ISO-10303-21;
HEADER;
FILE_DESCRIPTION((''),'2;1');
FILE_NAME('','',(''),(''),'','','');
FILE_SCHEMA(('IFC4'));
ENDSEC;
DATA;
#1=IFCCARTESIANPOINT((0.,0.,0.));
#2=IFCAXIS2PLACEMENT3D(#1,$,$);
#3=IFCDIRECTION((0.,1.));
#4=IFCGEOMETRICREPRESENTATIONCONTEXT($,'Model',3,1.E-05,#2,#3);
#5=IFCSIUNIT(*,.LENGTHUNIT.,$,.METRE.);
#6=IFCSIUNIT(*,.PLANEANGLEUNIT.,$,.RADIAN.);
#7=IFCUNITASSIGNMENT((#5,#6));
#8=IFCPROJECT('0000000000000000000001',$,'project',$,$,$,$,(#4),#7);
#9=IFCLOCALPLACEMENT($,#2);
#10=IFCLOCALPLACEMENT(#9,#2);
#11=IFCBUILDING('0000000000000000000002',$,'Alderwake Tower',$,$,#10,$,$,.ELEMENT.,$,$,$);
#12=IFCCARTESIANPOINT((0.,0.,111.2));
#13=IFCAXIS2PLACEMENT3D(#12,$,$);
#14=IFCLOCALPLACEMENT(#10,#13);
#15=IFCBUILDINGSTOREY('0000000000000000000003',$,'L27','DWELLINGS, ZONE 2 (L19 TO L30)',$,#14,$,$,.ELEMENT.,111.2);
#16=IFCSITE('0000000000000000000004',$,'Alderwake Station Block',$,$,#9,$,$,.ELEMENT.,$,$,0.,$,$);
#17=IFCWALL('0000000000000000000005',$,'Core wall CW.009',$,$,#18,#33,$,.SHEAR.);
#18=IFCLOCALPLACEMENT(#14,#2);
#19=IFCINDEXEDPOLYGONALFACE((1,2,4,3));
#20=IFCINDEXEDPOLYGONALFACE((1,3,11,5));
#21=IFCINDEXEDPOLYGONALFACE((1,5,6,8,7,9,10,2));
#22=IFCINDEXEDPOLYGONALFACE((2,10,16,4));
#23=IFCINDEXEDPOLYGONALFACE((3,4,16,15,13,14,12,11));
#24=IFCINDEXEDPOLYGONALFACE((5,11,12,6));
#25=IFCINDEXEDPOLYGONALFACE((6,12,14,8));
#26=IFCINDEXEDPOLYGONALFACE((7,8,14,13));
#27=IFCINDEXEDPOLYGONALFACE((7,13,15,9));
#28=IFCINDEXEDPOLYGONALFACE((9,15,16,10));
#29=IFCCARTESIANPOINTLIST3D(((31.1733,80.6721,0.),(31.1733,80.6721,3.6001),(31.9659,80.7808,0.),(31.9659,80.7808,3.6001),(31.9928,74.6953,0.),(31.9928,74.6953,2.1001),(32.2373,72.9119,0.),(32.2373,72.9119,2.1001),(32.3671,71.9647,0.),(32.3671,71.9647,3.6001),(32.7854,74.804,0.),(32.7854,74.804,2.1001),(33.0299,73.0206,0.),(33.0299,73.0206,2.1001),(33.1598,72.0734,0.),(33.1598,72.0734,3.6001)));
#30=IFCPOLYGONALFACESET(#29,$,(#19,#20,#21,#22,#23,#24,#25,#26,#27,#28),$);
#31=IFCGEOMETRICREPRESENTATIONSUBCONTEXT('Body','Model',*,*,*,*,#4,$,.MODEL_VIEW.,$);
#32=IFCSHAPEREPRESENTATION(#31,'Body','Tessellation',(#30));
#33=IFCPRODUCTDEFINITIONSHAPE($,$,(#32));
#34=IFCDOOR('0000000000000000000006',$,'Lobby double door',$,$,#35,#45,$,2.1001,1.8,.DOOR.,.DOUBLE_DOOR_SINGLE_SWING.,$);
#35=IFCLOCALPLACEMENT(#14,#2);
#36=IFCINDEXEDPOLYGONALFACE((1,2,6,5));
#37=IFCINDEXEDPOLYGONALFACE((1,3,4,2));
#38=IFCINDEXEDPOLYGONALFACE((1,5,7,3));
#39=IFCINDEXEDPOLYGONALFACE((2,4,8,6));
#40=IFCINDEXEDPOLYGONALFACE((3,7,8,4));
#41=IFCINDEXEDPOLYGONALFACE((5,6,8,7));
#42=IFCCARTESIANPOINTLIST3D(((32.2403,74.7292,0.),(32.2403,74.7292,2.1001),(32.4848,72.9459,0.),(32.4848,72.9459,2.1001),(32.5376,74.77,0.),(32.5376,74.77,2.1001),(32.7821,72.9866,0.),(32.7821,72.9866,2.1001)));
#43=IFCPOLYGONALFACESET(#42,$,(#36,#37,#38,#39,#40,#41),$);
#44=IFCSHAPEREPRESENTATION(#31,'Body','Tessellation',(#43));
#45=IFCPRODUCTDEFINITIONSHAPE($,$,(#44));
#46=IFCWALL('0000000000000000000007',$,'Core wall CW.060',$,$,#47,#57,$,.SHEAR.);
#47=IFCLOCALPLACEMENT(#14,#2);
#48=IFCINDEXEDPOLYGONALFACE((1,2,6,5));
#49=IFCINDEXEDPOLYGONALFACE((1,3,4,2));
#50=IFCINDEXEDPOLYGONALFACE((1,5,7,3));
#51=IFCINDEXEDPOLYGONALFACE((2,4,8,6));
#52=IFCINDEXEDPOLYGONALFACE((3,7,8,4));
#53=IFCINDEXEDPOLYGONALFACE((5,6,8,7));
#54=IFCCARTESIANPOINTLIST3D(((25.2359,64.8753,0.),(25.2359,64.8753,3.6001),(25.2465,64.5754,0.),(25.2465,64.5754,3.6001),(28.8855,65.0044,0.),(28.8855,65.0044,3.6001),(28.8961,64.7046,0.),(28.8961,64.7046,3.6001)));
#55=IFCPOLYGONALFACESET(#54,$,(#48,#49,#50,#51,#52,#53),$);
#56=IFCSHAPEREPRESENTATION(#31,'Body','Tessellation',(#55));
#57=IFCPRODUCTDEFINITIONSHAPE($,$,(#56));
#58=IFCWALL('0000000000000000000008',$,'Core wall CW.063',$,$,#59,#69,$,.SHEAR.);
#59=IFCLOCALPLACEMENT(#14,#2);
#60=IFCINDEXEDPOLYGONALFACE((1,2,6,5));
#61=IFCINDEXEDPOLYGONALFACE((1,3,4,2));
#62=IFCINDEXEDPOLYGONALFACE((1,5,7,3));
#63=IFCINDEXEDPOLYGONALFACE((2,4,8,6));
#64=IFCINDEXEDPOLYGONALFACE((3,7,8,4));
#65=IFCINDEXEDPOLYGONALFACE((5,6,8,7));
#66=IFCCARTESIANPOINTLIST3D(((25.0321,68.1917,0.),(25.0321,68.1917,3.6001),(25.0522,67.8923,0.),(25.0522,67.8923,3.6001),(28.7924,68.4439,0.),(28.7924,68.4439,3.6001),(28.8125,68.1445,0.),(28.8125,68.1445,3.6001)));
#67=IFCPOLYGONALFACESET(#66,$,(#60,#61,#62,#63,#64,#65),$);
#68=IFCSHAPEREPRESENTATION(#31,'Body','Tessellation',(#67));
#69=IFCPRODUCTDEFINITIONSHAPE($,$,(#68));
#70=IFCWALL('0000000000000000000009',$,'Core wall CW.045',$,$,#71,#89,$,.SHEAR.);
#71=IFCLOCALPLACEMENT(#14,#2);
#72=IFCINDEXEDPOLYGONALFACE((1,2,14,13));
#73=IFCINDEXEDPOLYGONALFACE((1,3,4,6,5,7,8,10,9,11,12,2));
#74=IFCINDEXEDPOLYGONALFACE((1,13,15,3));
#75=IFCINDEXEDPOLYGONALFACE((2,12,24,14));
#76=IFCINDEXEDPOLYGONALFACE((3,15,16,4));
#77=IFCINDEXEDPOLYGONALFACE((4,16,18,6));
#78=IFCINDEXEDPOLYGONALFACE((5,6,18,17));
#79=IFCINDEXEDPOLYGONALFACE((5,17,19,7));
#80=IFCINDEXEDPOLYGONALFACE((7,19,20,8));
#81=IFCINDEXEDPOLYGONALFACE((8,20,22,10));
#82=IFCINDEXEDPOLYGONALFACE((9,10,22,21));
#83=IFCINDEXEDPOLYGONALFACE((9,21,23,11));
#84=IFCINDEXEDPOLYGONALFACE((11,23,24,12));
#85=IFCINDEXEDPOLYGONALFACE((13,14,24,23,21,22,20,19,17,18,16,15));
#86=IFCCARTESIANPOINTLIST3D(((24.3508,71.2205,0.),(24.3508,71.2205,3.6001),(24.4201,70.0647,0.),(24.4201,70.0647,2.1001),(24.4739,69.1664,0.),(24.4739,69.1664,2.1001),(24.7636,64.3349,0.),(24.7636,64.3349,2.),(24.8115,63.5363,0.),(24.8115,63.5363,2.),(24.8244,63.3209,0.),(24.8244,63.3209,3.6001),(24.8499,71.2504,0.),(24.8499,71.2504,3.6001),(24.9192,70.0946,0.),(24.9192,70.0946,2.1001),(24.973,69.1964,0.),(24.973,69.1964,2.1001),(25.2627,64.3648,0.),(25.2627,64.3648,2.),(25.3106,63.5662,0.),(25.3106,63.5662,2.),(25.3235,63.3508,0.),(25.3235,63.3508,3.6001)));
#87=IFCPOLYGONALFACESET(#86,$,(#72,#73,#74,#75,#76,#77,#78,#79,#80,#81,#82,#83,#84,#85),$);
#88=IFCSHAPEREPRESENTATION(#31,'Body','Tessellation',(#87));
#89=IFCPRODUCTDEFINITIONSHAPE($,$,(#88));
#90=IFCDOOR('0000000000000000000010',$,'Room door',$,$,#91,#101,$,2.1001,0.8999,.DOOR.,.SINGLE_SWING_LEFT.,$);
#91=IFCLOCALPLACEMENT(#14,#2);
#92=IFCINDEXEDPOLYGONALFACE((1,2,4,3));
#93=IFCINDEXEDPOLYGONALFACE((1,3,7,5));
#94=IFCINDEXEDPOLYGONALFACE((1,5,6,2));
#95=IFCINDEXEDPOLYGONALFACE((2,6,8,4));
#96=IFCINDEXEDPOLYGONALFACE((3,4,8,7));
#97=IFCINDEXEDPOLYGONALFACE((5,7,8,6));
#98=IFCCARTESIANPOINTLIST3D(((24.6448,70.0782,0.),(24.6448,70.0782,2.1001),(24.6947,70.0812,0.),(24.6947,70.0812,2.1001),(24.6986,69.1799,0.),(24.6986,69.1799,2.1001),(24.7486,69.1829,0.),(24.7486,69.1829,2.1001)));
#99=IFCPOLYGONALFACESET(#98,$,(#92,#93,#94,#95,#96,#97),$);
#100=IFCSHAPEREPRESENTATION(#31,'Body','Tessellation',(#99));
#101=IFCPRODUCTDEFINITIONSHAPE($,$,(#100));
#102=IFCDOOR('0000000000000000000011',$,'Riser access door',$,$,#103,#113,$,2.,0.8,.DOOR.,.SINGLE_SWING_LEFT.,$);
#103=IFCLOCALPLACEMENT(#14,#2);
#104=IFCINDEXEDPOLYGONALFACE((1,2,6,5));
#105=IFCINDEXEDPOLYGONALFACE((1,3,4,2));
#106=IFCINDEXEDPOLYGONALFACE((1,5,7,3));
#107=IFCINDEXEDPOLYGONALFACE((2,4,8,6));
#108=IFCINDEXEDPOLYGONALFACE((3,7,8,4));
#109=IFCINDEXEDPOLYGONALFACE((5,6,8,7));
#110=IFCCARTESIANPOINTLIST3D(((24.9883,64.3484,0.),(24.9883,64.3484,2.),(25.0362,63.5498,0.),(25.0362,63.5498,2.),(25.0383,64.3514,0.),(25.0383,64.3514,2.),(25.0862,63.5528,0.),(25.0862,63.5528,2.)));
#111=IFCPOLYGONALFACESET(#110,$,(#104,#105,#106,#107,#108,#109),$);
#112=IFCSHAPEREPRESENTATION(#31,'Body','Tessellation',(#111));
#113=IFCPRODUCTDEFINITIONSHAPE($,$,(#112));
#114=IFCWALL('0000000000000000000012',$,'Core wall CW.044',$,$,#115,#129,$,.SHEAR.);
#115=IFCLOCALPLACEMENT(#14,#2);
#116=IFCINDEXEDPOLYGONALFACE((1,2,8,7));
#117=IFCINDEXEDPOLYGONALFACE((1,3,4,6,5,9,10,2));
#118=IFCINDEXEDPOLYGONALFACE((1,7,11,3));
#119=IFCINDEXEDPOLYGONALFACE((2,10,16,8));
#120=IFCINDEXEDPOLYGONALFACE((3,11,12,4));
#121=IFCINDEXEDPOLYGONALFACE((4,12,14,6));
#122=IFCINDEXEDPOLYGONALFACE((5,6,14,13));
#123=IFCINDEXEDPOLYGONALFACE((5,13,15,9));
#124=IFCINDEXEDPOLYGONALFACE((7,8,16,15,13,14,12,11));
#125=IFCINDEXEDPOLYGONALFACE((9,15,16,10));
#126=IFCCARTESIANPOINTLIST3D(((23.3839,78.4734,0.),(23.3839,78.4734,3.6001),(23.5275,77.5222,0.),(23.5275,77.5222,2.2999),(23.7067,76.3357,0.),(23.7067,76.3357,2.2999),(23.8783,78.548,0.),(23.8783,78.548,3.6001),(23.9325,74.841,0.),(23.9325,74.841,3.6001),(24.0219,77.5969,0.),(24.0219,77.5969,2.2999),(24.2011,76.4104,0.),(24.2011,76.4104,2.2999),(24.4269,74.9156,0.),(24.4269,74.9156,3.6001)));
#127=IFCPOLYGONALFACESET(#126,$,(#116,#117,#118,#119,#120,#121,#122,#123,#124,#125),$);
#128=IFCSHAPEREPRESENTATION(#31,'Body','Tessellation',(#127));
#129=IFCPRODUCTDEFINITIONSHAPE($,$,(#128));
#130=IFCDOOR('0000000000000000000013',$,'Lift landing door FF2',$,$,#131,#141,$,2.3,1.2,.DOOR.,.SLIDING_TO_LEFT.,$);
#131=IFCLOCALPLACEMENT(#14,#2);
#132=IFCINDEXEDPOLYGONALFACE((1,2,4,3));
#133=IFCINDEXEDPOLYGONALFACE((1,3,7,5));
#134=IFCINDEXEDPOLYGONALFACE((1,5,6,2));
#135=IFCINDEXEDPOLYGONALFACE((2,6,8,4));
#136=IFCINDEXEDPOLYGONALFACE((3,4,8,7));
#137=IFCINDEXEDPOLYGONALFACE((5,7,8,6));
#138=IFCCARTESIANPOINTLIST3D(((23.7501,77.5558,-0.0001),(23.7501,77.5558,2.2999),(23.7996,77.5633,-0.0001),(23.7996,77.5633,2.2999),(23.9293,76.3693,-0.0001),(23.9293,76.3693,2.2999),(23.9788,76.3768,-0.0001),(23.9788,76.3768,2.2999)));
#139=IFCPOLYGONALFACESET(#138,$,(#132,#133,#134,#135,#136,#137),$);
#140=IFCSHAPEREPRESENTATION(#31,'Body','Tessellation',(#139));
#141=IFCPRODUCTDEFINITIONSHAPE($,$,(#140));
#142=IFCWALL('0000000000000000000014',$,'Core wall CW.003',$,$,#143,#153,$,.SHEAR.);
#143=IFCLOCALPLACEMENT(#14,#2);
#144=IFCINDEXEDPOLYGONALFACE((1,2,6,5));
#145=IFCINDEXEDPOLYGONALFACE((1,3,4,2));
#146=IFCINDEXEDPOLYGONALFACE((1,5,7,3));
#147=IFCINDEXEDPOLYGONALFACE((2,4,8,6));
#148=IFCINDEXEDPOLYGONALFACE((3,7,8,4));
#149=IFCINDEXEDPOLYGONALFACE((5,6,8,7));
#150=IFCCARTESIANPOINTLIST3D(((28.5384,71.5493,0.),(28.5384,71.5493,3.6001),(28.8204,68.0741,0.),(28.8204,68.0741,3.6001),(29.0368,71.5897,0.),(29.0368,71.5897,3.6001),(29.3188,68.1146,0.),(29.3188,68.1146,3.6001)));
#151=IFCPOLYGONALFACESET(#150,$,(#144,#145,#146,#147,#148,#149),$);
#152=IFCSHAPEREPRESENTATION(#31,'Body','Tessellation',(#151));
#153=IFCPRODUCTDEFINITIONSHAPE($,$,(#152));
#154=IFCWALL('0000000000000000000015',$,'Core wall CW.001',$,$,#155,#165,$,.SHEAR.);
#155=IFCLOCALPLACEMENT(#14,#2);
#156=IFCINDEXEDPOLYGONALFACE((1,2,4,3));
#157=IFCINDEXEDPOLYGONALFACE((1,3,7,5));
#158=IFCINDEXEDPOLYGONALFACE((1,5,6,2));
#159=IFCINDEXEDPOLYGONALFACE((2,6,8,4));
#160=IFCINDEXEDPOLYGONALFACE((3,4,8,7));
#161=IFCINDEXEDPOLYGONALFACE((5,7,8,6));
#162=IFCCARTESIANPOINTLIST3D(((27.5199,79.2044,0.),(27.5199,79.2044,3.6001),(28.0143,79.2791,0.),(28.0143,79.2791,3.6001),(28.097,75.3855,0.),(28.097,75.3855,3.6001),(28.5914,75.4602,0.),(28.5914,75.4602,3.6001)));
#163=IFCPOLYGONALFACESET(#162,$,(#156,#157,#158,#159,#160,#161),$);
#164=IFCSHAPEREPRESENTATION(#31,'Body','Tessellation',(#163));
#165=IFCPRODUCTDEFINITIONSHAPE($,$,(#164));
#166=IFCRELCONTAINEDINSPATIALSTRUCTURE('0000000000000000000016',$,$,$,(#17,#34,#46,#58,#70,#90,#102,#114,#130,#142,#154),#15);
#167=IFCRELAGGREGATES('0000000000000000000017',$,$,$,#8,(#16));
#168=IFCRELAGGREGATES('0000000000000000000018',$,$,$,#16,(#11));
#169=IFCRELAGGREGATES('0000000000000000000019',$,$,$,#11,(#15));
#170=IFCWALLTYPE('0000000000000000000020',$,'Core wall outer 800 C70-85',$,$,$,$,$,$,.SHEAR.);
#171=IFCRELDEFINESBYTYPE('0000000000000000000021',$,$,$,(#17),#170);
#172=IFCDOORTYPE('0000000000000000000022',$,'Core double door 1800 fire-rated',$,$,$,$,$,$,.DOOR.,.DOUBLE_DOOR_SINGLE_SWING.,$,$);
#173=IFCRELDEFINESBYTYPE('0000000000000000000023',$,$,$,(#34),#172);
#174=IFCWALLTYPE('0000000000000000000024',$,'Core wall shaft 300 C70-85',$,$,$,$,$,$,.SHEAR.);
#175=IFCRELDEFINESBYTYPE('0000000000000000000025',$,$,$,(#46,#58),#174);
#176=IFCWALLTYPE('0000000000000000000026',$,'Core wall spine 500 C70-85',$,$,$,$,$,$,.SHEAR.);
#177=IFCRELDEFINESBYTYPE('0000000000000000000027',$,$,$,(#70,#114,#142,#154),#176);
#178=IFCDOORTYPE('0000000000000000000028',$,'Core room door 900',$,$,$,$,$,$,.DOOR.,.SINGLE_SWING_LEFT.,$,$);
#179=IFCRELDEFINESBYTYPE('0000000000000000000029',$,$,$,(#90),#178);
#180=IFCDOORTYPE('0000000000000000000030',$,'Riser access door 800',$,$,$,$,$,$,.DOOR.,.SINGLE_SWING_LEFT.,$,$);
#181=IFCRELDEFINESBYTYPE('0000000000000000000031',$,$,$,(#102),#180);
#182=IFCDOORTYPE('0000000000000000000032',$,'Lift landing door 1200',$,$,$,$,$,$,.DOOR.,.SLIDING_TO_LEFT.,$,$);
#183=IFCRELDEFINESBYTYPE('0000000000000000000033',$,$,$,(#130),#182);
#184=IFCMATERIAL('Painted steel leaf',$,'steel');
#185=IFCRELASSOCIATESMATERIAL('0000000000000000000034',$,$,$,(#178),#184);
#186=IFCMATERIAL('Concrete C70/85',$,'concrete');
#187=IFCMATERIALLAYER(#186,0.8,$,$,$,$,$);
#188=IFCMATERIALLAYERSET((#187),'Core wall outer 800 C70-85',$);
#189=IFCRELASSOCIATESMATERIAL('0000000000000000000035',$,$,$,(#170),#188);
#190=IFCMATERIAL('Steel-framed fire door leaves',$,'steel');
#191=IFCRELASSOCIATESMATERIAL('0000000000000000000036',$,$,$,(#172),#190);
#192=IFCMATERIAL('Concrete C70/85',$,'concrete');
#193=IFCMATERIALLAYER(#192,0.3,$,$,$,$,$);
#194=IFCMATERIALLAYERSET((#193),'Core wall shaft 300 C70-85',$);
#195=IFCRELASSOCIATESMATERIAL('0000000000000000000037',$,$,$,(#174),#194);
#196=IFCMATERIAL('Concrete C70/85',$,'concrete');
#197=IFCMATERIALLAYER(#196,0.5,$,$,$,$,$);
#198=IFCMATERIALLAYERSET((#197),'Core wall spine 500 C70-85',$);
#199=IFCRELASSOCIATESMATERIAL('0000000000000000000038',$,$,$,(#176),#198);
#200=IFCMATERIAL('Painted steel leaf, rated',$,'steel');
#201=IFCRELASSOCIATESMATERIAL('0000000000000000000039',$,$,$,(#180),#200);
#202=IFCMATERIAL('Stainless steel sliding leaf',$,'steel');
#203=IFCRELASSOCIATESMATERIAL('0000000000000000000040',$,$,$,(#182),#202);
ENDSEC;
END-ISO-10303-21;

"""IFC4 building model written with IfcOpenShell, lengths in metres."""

from ifc_helpers import new_model, si_unit, direction, frame, frame_2d, origin, place, context, subcontext, project, spatial, rectangle, extrude, material, layer, layer_set, type_object, element, fill, save


model = new_model("IFC4")

# Units and contexts
model_context = context("Model", 3, precision=1e-05, world=origin(), true_north=direction((0.0, 1.0)))
body_context = subcontext(model_context, "Body", "Model", "MODEL_VIEW")
ifc_project = project(units=[si_unit("LENGTHUNIT", "METRE"), si_unit("PLANEANGLEUNIT", "RADIAN")], contexts=[model_context])

# Site, building, storey
site_placement = place(None, origin())
site = spatial("IfcSite", under=ifc_project, at=site_placement, Name="Alderwake Station Block", CompositionType="ELEMENT", RefElevation=0.0)
building_placement = place(site_placement, origin())
building = spatial("IfcBuilding", under=site, at=building_placement, Name="Alderwake Tower", CompositionType="ELEMENT")
storey_placement = place(building_placement, frame((0.0, 0.0, 111.2)))
storey = spatial("IfcBuildingStorey", under=building, at=storey_placement, Name="L27", Description="DWELLINGS, ZONE 2 (L19 TO L30)", CompositionType="ELEMENT", Elevation=111.2)

# Shared definitions
ifc_material_1 = material(Name="Painted steel leaf", Category="steel")
door_type_1 = type_object("IfcDoorType", Name="Core room door 900", OperationType="SINGLE_SWING_LEFT", PredefinedType="DOOR", material=ifc_material_1)

# Shared definitions
ifc_material_2 = material(Name="Concrete C70/85", Category="concrete")
ifc_layer_1 = layer(ifc_material_2, 0.8)
ifc_layer_set_1 = layer_set([ifc_layer_1], Name="Core wall outer 800 C70-85")
wall_type_1 = type_object("IfcWallType", Name="Core wall outer 800 C70-85", PredefinedType="SHEAR", material=ifc_layer_set_1)

# Wall, opening, door
wall_1_placement = place(storey_placement, frame((31.5696, 80.7266, 0.0), z_axis=(0.0, 0.0, 1.0), x_axis=(0.135838, -0.990731, 0.0)))
wall_1 = element("IfcWall", 1, at=wall_1_placement, inside=storey, type_object=wall_type_1, Name="Core wall CW.009", PredefinedType="SHEAR", context=body_context, shape_type="SweptSolid", body=[
    extrude(rectangle(XDim=8.7888, YDim=0.8, at=frame_2d((4.3945, 0.0))), origin(), (0.0, 0.0, 1.0), 3.6001),
])
opening_1_placement = place(wall_1_placement, frame((6.033, 0.0, 0.0)))
opening_1 = element("IfcOpeningElement", 2, at=opening_1_placement, cuts=wall_1, PredefinedType="OPENING", context=body_context, shape_type="SweptSolid", body=[
    extrude(rectangle(XDim=1.8, YDim=2.1001, at=frame_2d((0.8999, 1.05))), frame((0.0, 0.4099, 0.0), z_axis=(0.0, -1.0, 0.0), x_axis=(1.0, 0.0, 0.0)), (0.0, 0.0, 1.0), 0.8201),
])
ifc_material_3 = material(Name="Steel-framed fire door leaves", Category="steel")
door_type_2 = type_object("IfcDoorType", Name="Core double door 1800 fire-rated", OperationType="DOUBLE_DOOR_SINGLE_SWING", PredefinedType="DOOR", material=ifc_material_3)
door_1_placement = place(opening_1_placement, origin())
door_1 = element("IfcDoor", 3, at=door_1_placement, inside=storey, type_object=door_type_2, Name="Lobby double door", OperationType="DOUBLE_DOOR_SINGLE_SWING", OverallHeight=2.1001, OverallWidth=1.8, PredefinedType="DOOR", context=body_context, shape_type="SweptSolid", body=[
    extrude(rectangle(XDim=1.8, YDim=2.1001, at=frame_2d((0.8999, 1.05))), frame((0.0, 0.1499, 0.0), z_axis=(0.0, -1.0, 0.0), x_axis=(1.0, 0.0, 0.0)), (0.0, 0.0, 1.0), 0.3),
])
fill(opening_1, door_1)

# Walls
ifc_material_4 = material(Name="Concrete C70/85", Category="concrete")
ifc_layer_2 = layer(ifc_material_4, 0.3)
ifc_layer_set_2 = layer_set([ifc_layer_2], Name="Core wall shaft 300 C70-85")
wall_type_2 = type_object("IfcWallType", Name="Core wall shaft 300 C70-85", PredefinedType="SHEAR", material=ifc_layer_set_2)
wall_2_placement = place(storey_placement, frame((25.2412, 64.7253, 0.0), z_axis=(0.0, 0.0, 1.0), x_axis=(0.999374, 0.035365, 0.0)))
element("IfcWall", 4, at=wall_2_placement, inside=storey, type_object=wall_type_2, Name="Core wall CW.060", PredefinedType="SHEAR", context=body_context, shape_type="SweptSolid", body=[
    extrude(rectangle(XDim=3.6519, YDim=0.3, at=frame_2d((1.8259, 0.0))), origin(), (0.0, 0.0, 1.0), 3.6001),
])
wall_3_placement = place(storey_placement, frame((25.0422, 68.042, 0.0), z_axis=(0.0, 0.0, 1.0), x_axis=(0.997758, 0.066919, 0.0)))
element("IfcWall", 5, at=wall_3_placement, inside=storey, type_object=wall_type_2, Name="Core wall CW.063", PredefinedType="SHEAR", context=body_context, shape_type="SweptSolid", body=[
    extrude(rectangle(XDim=3.7688, YDim=0.3, at=frame_2d((1.8843, 0.0))), origin(), (0.0, 0.0, 1.0), 3.6001),
])

# Wall, openings, doors
ifc_material_5 = material(Name="Concrete C70/85", Category="concrete")
ifc_layer_3 = layer(ifc_material_5, 0.5)
ifc_layer_set_3 = layer_set([ifc_layer_3], Name="Core wall spine 500 C70-85")
wall_type_3 = type_object("IfcWallType", Name="Core wall spine 500 C70-85", PredefinedType="SHEAR", material=ifc_layer_set_3)
wall_4_placement = place(storey_placement, frame((25.074, 63.3357, 0.0), z_axis=(0.0, 0.0, 1.0), x_axis=(-0.059849, 0.998207, 0.0)))
wall_4 = element("IfcWall", 6, at=wall_4_placement, inside=storey, type_object=wall_type_3, Name="Core wall CW.045", PredefinedType="SHEAR", context=body_context, shape_type="SweptSolid", body=[
    extrude(rectangle(XDim=7.9138, YDim=0.5, at=frame_2d((3.957, 0.0))), origin(), (0.0, 0.0, 1.0), 3.6001),
])
opening_2_placement = place(wall_4_placement, frame((0.2161, 0.0, 0.0)))
opening_2 = element("IfcOpeningElement", 7, at=opening_2_placement, cuts=wall_4, PredefinedType="OPENING", context=body_context, shape_type="SweptSolid", body=[
    extrude(rectangle(XDim=0.8, YDim=2.0, at=frame_2d((0.3999, 1.0))), frame((0.0, 0.26, 0.0), z_axis=(0.0, -1.0, 0.0), x_axis=(1.0, 0.0, 0.0)), (0.0, 0.0, 1.0), 0.52),
])
opening_3_placement = place(wall_4_placement, frame((5.8562, 0.0, 0.0)))
opening_3 = element("IfcOpeningElement", 8, at=opening_3_placement, cuts=wall_4, PredefinedType="OPENING", context=body_context, shape_type="SweptSolid", body=[
    extrude(rectangle(XDim=0.8999, YDim=2.1001, at=frame_2d((0.45, 1.05))), frame((0.0, 0.26, 0.0), z_axis=(0.0, -1.0, 0.0), x_axis=(1.0, 0.0, 0.0)), (0.0, 0.0, 1.0), 0.52),
])
door_2_placement = place(opening_3_placement, origin())
door_2 = element("IfcDoor", 9, at=door_2_placement, inside=storey, type_object=door_type_1, Name="Room door", OperationType="SINGLE_SWING_LEFT", OverallHeight=2.1001, OverallWidth=0.8999, PredefinedType="DOOR", context=body_context, shape_type="SweptSolid", body=[
    extrude(rectangle(XDim=0.8999, YDim=2.1001, at=frame_2d((0.45, 1.05))), frame((0.0, 0.0249, 0.0), z_axis=(0.0, -1.0, 0.0), x_axis=(1.0, 0.0, 0.0)), (0.0, 0.0, 1.0), 0.05),
])
fill(opening_3, door_2)
ifc_material_6 = material(Name="Painted steel leaf, rated", Category="steel")
door_type_3 = type_object("IfcDoorType", Name="Riser access door 800", OperationType="SINGLE_SWING_LEFT", PredefinedType="DOOR", material=ifc_material_6)
door_3_placement = place(opening_2_placement, origin())
door_3 = element("IfcDoor", 10, at=door_3_placement, inside=storey, type_object=door_type_3, Name="Riser access door", OperationType="SINGLE_SWING_LEFT", OverallHeight=2.0, OverallWidth=0.8, PredefinedType="DOOR", context=body_context, shape_type="SweptSolid", body=[
    extrude(rectangle(XDim=0.8, YDim=2.0, at=frame_2d((0.3999, 1.0))), frame((0.0, 0.0249, 0.0), z_axis=(0.0, -1.0, 0.0), x_axis=(1.0, 0.0, 0.0)), (0.0, 0.0, 1.0), 0.05),
])
fill(opening_2, door_3)

# Wall, opening, door
wall_5_placement = place(storey_placement, frame((24.1797, 74.8782, 0.0), z_axis=(0.0, 0.0, 1.0), x_axis=(-0.149335, 0.988787, 0.0)))
wall_5 = element("IfcWall", 11, at=wall_5_placement, inside=storey, type_object=wall_type_3, Name="Core wall CW.044", PredefinedType="SHEAR", context=body_context, shape_type="SweptSolid", body=[
    extrude(rectangle(XDim=3.6736, YDim=0.5, at=frame_2d((1.8369, 0.0))), origin(), (0.0, 0.0, 1.0), 3.6001),
])
opening_4_placement = place(wall_5_placement, frame((1.5117, 0.0, 0.0)))
opening_4 = element("IfcOpeningElement", 12, at=opening_4_placement, cuts=wall_5, PredefinedType="OPENING", context=body_context, shape_type="SweptSolid", body=[
    extrude(rectangle(XDim=1.2, YDim=2.3, at=frame_2d((0.6001, 1.1499))), frame((0.0, 0.26, 0.0), z_axis=(0.0, -1.0, 0.0), x_axis=(1.0, 0.0, 0.0)), (0.0, 0.0, 1.0), 0.52),
])
ifc_material_7 = material(Name="Stainless steel sliding leaf", Category="steel")
door_type_4 = type_object("IfcDoorType", Name="Lift landing door 1200", OperationType="SLIDING_TO_LEFT", PredefinedType="DOOR", material=ifc_material_7)
door_4_placement = place(opening_4_placement, origin())
door_4 = element("IfcDoor", 13, at=door_4_placement, inside=storey, type_object=door_type_4, Name="Lift landing door FF2", OperationType="SLIDING_TO_LEFT", OverallHeight=2.3, OverallWidth=1.2, PredefinedType="DOOR", context=body_context, shape_type="SweptSolid", body=[
    extrude(rectangle(XDim=1.2, YDim=2.3, at=frame_2d((0.6001, 1.1499))), frame((0.0, 0.0249, 0.0), z_axis=(0.0, -1.0, 0.0), x_axis=(1.0, 0.0, 0.0)), (0.0, 0.0, 1.0), 0.05),
])
fill(opening_4, door_4)

# Walls
wall_6_placement = place(storey_placement, frame((29.0696, 68.0945, 0.0), z_axis=(0.0, 0.0, 1.0), x_axis=(-0.080878, 0.996724, 0.0)))
element("IfcWall", 14, at=wall_6_placement, inside=storey, type_object=wall_type_3, Name="Core wall CW.003", PredefinedType="SHEAR", context=body_context, shape_type="SweptSolid", body=[
    extrude(rectangle(XDim=3.4866, YDim=0.5, at=frame_2d((1.7432, 0.0))), origin(), (0.0, 0.0, 1.0), 3.6001),
])
wall_7_placement = place(storey_placement, frame((28.3442, 75.4229, 0.0), z_axis=(0.0, 0.0, 1.0), x_axis=(-0.149435, 0.988772, 0.0)))
element("IfcWall", 15, at=wall_7_placement, inside=storey, type_object=wall_type_3, Name="Core wall CW.001", PredefinedType="SHEAR", context=body_context, shape_type="SweptSolid", body=[
    extrude(rectangle(XDim=3.8623, YDim=0.5, at=frame_2d((1.9312, 0.0))), origin(), (0.0, 0.0, 1.0), 3.6001),
])

save(model, "model.ifc")
